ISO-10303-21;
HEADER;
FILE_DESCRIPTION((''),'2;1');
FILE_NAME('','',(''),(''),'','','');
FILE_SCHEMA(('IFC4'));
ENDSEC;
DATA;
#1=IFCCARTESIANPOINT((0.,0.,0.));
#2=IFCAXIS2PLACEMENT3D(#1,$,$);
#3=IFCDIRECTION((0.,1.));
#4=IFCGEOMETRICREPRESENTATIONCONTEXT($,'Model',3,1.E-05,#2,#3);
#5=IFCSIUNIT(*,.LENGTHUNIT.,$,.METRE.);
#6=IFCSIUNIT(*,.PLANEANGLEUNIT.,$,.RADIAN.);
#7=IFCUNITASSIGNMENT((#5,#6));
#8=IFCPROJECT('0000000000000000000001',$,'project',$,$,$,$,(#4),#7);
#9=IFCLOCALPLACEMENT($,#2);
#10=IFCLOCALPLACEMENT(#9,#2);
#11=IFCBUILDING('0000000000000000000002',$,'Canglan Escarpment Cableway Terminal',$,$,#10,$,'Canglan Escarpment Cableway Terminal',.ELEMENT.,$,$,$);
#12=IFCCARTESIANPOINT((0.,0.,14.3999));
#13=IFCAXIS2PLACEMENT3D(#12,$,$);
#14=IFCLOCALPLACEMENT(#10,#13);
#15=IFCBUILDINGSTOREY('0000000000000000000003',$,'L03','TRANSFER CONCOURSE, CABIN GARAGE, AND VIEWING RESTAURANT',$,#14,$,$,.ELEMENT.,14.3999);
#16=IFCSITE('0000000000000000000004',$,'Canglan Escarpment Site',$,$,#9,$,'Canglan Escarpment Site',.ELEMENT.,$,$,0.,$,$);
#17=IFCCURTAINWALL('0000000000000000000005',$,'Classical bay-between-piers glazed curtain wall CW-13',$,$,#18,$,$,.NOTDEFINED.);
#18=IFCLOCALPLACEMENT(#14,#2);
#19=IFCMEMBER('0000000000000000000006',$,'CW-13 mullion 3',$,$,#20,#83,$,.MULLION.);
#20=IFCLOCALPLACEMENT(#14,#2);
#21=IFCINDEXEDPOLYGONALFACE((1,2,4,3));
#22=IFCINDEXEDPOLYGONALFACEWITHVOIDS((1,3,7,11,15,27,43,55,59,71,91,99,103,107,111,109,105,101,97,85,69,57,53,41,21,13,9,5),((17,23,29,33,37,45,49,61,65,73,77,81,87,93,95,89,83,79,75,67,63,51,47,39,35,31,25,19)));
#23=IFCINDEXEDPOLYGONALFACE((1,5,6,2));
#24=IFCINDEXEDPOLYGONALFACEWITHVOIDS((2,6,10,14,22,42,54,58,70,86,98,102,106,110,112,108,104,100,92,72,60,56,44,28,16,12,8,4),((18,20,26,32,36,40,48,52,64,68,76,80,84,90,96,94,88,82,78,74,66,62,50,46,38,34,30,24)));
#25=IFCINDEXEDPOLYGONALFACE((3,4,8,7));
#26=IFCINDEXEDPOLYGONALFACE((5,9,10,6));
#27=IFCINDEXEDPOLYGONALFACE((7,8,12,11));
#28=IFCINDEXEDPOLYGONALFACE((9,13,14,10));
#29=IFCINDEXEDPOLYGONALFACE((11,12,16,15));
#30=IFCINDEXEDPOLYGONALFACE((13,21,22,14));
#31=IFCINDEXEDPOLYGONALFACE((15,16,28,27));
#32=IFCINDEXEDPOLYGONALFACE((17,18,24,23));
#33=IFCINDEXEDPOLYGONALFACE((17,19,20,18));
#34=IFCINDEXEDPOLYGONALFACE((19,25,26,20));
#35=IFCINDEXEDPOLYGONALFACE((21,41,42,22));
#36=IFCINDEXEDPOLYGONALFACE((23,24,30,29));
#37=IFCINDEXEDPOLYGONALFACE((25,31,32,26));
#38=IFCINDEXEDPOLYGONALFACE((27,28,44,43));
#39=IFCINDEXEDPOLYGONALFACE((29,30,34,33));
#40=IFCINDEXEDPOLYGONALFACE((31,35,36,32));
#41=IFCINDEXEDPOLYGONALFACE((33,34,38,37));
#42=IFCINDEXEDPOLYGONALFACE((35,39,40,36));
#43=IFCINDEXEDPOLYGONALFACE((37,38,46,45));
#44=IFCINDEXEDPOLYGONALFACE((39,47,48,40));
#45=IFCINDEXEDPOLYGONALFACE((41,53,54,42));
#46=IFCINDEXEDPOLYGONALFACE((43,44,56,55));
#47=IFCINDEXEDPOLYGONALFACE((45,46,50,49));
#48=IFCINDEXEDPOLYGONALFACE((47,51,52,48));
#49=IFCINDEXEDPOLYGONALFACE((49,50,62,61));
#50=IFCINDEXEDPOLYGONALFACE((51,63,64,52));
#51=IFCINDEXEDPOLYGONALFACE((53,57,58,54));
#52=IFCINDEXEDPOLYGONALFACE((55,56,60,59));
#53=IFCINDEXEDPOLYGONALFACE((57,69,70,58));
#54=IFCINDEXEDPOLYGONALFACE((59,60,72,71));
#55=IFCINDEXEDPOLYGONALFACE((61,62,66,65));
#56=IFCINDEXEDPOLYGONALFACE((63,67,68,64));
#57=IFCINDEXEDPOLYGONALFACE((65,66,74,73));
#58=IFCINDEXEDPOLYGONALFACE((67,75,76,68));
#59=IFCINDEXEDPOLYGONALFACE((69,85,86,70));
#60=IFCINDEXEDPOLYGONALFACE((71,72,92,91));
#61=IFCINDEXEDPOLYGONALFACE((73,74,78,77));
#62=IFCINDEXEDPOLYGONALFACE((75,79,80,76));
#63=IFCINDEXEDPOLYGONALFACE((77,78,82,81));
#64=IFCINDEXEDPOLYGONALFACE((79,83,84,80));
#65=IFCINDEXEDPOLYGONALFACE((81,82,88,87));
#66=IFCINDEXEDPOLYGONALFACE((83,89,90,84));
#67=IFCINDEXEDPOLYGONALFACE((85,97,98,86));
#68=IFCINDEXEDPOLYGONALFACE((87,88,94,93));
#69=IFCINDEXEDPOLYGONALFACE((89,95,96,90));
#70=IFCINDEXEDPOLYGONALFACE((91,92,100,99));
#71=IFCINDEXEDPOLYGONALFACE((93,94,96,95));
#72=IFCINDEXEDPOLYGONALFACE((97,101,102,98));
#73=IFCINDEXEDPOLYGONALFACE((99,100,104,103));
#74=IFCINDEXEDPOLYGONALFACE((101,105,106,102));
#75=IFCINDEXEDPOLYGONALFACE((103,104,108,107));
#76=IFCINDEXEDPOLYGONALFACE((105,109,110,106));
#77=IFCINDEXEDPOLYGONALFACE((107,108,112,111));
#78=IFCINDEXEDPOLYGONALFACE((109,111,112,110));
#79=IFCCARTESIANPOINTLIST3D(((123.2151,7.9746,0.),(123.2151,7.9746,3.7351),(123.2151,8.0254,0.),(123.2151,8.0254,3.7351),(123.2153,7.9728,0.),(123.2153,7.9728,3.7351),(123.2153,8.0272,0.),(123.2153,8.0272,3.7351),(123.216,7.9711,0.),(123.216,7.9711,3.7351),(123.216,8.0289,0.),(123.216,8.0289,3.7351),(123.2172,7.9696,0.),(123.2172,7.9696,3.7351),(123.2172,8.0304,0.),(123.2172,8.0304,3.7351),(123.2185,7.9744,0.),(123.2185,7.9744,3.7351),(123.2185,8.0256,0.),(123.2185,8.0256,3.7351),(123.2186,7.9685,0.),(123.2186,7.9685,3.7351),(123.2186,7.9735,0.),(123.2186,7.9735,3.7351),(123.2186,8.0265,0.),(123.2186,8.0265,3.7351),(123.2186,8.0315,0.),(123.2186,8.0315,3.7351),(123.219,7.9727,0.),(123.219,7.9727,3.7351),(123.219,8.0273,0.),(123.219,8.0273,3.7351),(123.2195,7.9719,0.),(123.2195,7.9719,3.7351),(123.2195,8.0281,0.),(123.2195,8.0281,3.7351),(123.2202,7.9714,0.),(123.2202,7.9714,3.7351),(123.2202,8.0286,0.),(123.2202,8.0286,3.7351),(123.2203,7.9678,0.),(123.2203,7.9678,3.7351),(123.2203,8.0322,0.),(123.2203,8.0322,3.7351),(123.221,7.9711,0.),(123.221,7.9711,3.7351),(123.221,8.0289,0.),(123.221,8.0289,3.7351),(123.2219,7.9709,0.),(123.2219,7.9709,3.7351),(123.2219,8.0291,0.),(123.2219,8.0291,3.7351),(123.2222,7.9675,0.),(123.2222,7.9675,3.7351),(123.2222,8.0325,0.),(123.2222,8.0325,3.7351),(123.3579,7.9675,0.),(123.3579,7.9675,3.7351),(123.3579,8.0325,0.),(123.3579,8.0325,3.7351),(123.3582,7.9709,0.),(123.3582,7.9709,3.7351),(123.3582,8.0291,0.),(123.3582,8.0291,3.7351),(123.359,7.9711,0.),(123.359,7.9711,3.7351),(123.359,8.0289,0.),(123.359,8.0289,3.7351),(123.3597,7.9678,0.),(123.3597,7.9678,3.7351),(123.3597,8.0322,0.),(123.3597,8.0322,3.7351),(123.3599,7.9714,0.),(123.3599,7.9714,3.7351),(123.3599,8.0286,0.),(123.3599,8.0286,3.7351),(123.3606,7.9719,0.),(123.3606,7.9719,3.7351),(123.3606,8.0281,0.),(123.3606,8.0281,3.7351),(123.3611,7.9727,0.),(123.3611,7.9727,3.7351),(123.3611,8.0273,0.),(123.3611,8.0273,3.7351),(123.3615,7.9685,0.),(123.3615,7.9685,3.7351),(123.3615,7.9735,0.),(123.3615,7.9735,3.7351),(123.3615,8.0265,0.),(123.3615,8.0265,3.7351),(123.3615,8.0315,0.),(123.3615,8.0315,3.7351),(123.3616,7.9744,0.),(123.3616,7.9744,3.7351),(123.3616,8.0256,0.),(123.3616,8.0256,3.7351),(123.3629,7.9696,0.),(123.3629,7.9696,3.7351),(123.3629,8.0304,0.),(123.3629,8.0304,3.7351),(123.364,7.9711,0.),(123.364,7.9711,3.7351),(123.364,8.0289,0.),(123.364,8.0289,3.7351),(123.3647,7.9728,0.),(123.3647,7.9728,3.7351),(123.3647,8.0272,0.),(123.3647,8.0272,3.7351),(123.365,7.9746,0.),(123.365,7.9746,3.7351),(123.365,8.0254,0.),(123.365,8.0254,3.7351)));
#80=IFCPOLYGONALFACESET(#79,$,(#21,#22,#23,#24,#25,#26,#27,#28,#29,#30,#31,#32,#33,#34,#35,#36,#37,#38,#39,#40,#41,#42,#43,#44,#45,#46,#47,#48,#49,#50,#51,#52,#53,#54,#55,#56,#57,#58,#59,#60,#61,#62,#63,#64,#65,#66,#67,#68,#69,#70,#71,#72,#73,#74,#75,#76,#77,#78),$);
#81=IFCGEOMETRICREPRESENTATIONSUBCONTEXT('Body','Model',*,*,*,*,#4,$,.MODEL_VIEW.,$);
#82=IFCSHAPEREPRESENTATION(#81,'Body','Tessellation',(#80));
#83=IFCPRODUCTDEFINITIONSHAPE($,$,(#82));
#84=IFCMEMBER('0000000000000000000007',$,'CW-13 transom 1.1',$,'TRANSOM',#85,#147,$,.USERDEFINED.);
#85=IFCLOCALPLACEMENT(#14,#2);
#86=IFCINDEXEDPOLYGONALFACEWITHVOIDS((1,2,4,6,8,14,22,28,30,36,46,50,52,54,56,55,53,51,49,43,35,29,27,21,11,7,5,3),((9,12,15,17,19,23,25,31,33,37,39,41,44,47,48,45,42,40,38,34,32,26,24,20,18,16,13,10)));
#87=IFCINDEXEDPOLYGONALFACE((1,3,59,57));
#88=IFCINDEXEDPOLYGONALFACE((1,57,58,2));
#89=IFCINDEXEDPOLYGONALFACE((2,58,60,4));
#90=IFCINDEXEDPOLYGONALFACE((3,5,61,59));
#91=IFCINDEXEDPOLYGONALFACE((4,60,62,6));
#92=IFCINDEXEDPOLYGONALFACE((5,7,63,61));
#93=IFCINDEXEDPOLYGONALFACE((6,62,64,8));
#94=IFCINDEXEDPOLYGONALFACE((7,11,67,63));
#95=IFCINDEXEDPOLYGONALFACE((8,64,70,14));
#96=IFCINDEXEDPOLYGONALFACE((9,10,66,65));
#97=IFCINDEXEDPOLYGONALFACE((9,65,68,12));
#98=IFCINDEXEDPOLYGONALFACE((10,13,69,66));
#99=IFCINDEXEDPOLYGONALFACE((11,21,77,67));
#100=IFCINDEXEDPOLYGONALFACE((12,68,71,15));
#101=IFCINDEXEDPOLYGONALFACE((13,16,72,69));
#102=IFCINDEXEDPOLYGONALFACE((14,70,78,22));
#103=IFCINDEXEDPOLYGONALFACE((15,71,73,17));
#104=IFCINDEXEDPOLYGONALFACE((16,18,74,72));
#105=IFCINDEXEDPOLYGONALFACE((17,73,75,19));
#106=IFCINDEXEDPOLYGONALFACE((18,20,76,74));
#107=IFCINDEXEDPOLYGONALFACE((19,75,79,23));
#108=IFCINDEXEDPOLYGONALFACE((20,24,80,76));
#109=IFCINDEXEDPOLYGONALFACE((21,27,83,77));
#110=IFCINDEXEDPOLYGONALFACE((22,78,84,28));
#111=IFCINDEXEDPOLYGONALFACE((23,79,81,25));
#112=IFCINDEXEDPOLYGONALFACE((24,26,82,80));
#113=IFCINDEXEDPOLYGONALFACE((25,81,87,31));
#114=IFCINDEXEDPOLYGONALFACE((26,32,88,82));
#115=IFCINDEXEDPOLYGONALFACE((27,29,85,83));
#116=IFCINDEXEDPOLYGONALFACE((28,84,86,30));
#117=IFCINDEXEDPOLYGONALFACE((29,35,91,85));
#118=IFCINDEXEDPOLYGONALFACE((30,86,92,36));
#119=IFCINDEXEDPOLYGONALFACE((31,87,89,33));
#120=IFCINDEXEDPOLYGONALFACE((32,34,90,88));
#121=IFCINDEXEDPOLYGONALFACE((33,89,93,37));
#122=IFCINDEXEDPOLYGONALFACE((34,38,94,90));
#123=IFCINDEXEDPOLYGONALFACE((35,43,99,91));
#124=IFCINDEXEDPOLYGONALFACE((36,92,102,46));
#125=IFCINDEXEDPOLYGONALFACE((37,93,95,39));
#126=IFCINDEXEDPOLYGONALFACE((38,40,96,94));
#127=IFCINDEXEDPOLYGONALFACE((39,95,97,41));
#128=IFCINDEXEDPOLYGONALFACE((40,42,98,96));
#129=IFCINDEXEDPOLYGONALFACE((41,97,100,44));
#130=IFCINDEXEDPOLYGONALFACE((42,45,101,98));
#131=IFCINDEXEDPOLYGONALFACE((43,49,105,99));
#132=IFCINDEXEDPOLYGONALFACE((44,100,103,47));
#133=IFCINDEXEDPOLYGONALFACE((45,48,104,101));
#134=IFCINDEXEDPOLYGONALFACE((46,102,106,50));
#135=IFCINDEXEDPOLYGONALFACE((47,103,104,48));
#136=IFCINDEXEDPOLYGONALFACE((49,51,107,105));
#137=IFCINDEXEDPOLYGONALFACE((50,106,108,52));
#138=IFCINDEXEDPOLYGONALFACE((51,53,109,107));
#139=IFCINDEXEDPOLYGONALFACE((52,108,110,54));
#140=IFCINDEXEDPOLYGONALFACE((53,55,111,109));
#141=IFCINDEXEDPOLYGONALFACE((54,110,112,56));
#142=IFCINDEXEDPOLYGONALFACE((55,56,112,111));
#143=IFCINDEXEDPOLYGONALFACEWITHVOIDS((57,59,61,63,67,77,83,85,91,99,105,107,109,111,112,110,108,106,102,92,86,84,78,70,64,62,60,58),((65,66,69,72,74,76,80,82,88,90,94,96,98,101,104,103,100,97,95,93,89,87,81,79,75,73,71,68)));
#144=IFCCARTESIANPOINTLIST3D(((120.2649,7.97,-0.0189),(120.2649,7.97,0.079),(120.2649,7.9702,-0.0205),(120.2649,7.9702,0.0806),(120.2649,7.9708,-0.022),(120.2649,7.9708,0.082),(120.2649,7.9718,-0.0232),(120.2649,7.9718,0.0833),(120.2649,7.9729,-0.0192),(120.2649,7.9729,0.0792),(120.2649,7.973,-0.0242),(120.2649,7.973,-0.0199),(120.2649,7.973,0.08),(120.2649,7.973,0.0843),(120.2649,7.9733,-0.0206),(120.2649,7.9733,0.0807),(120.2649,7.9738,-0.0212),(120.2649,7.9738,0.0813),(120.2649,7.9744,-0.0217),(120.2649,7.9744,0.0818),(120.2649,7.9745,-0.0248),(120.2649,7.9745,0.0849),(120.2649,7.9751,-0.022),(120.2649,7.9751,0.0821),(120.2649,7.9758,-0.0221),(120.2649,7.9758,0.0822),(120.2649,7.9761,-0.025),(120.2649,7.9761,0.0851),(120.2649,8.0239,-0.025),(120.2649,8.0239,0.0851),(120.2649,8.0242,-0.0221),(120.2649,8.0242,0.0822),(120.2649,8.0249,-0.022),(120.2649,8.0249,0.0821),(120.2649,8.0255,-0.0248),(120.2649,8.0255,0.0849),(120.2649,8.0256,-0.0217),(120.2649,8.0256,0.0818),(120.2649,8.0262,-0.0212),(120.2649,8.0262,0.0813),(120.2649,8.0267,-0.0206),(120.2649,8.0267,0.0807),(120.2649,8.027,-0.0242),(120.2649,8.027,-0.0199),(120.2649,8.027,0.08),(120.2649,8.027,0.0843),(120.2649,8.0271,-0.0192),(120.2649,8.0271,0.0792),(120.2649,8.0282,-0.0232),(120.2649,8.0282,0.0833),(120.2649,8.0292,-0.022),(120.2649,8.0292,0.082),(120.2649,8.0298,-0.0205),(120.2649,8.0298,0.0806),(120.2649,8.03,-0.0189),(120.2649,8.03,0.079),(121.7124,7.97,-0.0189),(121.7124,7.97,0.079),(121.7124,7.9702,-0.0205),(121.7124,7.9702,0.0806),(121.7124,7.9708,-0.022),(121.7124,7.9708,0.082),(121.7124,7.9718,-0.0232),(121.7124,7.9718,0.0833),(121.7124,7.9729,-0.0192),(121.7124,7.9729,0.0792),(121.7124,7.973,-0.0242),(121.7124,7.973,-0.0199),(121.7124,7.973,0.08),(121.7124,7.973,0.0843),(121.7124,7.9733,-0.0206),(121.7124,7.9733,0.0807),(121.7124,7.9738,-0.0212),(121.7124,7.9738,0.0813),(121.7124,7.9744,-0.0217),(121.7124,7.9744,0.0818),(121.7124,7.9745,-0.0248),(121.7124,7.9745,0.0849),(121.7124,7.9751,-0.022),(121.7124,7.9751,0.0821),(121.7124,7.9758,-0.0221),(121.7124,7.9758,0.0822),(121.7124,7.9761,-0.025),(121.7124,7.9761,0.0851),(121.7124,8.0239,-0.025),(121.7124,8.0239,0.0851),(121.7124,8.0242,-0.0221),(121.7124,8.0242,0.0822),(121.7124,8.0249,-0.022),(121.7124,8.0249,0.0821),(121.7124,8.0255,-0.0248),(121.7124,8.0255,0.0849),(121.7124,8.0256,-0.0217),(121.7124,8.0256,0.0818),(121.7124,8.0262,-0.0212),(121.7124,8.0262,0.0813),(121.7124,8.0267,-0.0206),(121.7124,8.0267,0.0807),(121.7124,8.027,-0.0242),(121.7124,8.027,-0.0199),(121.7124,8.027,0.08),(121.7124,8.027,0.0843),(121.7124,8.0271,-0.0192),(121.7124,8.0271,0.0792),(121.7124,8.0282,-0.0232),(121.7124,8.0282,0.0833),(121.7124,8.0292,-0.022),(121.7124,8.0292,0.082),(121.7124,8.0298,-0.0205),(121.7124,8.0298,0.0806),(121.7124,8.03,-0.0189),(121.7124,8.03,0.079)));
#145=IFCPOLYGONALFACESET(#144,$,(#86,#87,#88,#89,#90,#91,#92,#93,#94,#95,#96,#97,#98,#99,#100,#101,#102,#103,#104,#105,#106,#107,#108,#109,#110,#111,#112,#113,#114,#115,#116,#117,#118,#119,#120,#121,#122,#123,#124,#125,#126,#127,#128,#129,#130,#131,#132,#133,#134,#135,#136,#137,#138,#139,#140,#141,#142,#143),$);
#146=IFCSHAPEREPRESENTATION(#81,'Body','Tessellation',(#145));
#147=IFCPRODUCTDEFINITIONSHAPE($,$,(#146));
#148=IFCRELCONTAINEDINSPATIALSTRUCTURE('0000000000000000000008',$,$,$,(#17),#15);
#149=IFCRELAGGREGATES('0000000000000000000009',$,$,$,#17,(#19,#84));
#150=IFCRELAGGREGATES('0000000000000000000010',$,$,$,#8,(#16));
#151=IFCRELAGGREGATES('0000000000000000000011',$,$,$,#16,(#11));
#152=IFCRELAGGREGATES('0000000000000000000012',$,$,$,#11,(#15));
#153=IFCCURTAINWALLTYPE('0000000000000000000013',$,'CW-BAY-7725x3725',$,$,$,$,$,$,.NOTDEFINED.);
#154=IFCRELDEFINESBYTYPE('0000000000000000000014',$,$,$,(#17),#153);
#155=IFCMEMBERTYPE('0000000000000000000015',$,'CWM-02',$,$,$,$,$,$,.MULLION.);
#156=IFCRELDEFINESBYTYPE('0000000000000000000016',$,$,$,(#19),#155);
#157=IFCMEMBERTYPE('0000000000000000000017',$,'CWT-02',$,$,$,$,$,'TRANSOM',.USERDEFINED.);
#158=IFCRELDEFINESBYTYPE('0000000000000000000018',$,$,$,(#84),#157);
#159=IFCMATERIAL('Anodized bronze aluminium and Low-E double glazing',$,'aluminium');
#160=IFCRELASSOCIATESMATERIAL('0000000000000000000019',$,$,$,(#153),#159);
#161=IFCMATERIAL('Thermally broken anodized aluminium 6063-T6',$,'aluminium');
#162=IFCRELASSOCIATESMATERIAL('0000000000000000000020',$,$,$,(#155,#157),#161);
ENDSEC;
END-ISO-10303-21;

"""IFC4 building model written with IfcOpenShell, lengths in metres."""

from ifc_helpers import new_model, si_unit, direction, frame, origin, origin_2d, place, context, subcontext, project, spatial, hollow_rectangle, extrude, material, material_profile, profile_set, type_object, element, aggregate, save


model = new_model("IFC4")

# Units and contexts
model_context = context("Model", 3, precision=1e-05, world=origin(), true_north=direction((0.0, 1.0)))
body_context = subcontext(model_context, "Body", "Model", "MODEL_VIEW")
ifc_project = project(units=[si_unit("LENGTHUNIT", "METRE"), si_unit("PLANEANGLEUNIT", "RADIAN")], contexts=[model_context])

# Site, building, storey
site_placement = place(None, origin())
site = spatial("IfcSite", under=ifc_project, at=site_placement, Name="Canglan Escarpment Site", LongName="Canglan Escarpment Site", CompositionType="ELEMENT", RefElevation=0.0)
building_placement = place(site_placement, origin())
building = spatial("IfcBuilding", under=site, at=building_placement, Name="Canglan Escarpment Cableway Terminal", LongName="Canglan Escarpment Cableway Terminal", CompositionType="ELEMENT")
storey_placement = place(building_placement, frame((0.0, 0.0, 14.3999)))
storey = spatial("IfcBuildingStorey", under=building, at=storey_placement, Name="L03", Description="TRANSFER CONCOURSE, CABIN GARAGE, AND VIEWING RESTAURANT", CompositionType="ELEMENT", Elevation=14.3999)

# Curtain wall, members
ifc_material_1 = material(Name="Anodized bronze aluminium and Low-E double glazing", Category="aluminium")
curtain_wall_type = type_object("IfcCurtainWallType", Name="CW-BAY-7725x3725", PredefinedType="NOTDEFINED", material=ifc_material_1)
curtain_wall_placement = place(storey_placement, origin())
curtain_wall = element("IfcCurtainWall", 1, at=curtain_wall_placement, inside=storey, type_object=curtain_wall_type, Name="Classical bay-between-piers glazed curtain wall CW-13", PredefinedType="NOTDEFINED")
ifc_material_2 = material(Name="Thermally broken anodized aluminium 6063-T6", Category="aluminium")
ifc_material_profile_1 = material_profile(ifc_material_2, hollow_rectangle(XDim=0.0649, YDim=0.1499, WallThickness=0.0034, InnerFilletRadius=0.0034, OuterFilletRadius=0.0071, at=origin_2d()), Name="ALU-MULL 65x150x3.5")
ifc_profile_set_1 = profile_set([ifc_material_profile_1], Name="Thermally broken anodized aluminium 6063-T6")
member_type_1 = type_object("IfcMemberType", Name="CWM-02", PredefinedType="MULLION", material=ifc_profile_set_1)
member_1_placement = place(storey_placement, frame((123.29, 8.0, 0.0), z_axis=(0.0, 0.0, 1.0), x_axis=(0.0, 1.0, 0.0)))
member_1 = element("IfcMember", 2, at=member_1_placement, type_object=member_type_1, Name="CW-13 mullion 3", PredefinedType="MULLION", context=body_context, shape_type="SweptSolid", body=[
    extrude(hollow_rectangle(XDim=0.0649, YDim=0.1499, WallThickness=0.0034, InnerFilletRadius=0.0034, OuterFilletRadius=0.0071, at=origin_2d()), origin(), (0.0, 0.0, 1.0), 3.7351),
])
ifc_material_profile_2 = material_profile(ifc_material_2, hollow_rectangle(XDim=0.0601, YDim=0.1101, WallThickness=0.0029, InnerFilletRadius=0.0029, OuterFilletRadius=0.0061, at=origin_2d()), Name="ALU-TRAN 60x110x3")
ifc_profile_set_2 = profile_set([ifc_material_profile_2], Name="Thermally broken anodized aluminium 6063-T6")
member_type_2 = type_object("IfcMemberType", Name="CWT-02", ElementType="TRANSOM", PredefinedType="USERDEFINED", material=ifc_profile_set_2)
member_2_placement = place(storey_placement, frame((120.2649, 8.0, 0.03), z_axis=(1.0, 0.0, 0.0), x_axis=(0.0, 1.0, 0.0)))
member_2 = element("IfcMember", 3, at=member_2_placement, type_object=member_type_2, Name="CW-13 transom 1.1", ObjectType="TRANSOM", PredefinedType="USERDEFINED", context=body_context, shape_type="SweptSolid", body=[
    extrude(hollow_rectangle(XDim=0.0601, YDim=0.1101, WallThickness=0.0029, InnerFilletRadius=0.0029, OuterFilletRadius=0.0061, at=origin_2d()), origin(), (0.0, 0.0, 1.0), 1.4475),
])

aggregate(curtain_wall, [member_1, member_2])

save(model, "model.ifc")
